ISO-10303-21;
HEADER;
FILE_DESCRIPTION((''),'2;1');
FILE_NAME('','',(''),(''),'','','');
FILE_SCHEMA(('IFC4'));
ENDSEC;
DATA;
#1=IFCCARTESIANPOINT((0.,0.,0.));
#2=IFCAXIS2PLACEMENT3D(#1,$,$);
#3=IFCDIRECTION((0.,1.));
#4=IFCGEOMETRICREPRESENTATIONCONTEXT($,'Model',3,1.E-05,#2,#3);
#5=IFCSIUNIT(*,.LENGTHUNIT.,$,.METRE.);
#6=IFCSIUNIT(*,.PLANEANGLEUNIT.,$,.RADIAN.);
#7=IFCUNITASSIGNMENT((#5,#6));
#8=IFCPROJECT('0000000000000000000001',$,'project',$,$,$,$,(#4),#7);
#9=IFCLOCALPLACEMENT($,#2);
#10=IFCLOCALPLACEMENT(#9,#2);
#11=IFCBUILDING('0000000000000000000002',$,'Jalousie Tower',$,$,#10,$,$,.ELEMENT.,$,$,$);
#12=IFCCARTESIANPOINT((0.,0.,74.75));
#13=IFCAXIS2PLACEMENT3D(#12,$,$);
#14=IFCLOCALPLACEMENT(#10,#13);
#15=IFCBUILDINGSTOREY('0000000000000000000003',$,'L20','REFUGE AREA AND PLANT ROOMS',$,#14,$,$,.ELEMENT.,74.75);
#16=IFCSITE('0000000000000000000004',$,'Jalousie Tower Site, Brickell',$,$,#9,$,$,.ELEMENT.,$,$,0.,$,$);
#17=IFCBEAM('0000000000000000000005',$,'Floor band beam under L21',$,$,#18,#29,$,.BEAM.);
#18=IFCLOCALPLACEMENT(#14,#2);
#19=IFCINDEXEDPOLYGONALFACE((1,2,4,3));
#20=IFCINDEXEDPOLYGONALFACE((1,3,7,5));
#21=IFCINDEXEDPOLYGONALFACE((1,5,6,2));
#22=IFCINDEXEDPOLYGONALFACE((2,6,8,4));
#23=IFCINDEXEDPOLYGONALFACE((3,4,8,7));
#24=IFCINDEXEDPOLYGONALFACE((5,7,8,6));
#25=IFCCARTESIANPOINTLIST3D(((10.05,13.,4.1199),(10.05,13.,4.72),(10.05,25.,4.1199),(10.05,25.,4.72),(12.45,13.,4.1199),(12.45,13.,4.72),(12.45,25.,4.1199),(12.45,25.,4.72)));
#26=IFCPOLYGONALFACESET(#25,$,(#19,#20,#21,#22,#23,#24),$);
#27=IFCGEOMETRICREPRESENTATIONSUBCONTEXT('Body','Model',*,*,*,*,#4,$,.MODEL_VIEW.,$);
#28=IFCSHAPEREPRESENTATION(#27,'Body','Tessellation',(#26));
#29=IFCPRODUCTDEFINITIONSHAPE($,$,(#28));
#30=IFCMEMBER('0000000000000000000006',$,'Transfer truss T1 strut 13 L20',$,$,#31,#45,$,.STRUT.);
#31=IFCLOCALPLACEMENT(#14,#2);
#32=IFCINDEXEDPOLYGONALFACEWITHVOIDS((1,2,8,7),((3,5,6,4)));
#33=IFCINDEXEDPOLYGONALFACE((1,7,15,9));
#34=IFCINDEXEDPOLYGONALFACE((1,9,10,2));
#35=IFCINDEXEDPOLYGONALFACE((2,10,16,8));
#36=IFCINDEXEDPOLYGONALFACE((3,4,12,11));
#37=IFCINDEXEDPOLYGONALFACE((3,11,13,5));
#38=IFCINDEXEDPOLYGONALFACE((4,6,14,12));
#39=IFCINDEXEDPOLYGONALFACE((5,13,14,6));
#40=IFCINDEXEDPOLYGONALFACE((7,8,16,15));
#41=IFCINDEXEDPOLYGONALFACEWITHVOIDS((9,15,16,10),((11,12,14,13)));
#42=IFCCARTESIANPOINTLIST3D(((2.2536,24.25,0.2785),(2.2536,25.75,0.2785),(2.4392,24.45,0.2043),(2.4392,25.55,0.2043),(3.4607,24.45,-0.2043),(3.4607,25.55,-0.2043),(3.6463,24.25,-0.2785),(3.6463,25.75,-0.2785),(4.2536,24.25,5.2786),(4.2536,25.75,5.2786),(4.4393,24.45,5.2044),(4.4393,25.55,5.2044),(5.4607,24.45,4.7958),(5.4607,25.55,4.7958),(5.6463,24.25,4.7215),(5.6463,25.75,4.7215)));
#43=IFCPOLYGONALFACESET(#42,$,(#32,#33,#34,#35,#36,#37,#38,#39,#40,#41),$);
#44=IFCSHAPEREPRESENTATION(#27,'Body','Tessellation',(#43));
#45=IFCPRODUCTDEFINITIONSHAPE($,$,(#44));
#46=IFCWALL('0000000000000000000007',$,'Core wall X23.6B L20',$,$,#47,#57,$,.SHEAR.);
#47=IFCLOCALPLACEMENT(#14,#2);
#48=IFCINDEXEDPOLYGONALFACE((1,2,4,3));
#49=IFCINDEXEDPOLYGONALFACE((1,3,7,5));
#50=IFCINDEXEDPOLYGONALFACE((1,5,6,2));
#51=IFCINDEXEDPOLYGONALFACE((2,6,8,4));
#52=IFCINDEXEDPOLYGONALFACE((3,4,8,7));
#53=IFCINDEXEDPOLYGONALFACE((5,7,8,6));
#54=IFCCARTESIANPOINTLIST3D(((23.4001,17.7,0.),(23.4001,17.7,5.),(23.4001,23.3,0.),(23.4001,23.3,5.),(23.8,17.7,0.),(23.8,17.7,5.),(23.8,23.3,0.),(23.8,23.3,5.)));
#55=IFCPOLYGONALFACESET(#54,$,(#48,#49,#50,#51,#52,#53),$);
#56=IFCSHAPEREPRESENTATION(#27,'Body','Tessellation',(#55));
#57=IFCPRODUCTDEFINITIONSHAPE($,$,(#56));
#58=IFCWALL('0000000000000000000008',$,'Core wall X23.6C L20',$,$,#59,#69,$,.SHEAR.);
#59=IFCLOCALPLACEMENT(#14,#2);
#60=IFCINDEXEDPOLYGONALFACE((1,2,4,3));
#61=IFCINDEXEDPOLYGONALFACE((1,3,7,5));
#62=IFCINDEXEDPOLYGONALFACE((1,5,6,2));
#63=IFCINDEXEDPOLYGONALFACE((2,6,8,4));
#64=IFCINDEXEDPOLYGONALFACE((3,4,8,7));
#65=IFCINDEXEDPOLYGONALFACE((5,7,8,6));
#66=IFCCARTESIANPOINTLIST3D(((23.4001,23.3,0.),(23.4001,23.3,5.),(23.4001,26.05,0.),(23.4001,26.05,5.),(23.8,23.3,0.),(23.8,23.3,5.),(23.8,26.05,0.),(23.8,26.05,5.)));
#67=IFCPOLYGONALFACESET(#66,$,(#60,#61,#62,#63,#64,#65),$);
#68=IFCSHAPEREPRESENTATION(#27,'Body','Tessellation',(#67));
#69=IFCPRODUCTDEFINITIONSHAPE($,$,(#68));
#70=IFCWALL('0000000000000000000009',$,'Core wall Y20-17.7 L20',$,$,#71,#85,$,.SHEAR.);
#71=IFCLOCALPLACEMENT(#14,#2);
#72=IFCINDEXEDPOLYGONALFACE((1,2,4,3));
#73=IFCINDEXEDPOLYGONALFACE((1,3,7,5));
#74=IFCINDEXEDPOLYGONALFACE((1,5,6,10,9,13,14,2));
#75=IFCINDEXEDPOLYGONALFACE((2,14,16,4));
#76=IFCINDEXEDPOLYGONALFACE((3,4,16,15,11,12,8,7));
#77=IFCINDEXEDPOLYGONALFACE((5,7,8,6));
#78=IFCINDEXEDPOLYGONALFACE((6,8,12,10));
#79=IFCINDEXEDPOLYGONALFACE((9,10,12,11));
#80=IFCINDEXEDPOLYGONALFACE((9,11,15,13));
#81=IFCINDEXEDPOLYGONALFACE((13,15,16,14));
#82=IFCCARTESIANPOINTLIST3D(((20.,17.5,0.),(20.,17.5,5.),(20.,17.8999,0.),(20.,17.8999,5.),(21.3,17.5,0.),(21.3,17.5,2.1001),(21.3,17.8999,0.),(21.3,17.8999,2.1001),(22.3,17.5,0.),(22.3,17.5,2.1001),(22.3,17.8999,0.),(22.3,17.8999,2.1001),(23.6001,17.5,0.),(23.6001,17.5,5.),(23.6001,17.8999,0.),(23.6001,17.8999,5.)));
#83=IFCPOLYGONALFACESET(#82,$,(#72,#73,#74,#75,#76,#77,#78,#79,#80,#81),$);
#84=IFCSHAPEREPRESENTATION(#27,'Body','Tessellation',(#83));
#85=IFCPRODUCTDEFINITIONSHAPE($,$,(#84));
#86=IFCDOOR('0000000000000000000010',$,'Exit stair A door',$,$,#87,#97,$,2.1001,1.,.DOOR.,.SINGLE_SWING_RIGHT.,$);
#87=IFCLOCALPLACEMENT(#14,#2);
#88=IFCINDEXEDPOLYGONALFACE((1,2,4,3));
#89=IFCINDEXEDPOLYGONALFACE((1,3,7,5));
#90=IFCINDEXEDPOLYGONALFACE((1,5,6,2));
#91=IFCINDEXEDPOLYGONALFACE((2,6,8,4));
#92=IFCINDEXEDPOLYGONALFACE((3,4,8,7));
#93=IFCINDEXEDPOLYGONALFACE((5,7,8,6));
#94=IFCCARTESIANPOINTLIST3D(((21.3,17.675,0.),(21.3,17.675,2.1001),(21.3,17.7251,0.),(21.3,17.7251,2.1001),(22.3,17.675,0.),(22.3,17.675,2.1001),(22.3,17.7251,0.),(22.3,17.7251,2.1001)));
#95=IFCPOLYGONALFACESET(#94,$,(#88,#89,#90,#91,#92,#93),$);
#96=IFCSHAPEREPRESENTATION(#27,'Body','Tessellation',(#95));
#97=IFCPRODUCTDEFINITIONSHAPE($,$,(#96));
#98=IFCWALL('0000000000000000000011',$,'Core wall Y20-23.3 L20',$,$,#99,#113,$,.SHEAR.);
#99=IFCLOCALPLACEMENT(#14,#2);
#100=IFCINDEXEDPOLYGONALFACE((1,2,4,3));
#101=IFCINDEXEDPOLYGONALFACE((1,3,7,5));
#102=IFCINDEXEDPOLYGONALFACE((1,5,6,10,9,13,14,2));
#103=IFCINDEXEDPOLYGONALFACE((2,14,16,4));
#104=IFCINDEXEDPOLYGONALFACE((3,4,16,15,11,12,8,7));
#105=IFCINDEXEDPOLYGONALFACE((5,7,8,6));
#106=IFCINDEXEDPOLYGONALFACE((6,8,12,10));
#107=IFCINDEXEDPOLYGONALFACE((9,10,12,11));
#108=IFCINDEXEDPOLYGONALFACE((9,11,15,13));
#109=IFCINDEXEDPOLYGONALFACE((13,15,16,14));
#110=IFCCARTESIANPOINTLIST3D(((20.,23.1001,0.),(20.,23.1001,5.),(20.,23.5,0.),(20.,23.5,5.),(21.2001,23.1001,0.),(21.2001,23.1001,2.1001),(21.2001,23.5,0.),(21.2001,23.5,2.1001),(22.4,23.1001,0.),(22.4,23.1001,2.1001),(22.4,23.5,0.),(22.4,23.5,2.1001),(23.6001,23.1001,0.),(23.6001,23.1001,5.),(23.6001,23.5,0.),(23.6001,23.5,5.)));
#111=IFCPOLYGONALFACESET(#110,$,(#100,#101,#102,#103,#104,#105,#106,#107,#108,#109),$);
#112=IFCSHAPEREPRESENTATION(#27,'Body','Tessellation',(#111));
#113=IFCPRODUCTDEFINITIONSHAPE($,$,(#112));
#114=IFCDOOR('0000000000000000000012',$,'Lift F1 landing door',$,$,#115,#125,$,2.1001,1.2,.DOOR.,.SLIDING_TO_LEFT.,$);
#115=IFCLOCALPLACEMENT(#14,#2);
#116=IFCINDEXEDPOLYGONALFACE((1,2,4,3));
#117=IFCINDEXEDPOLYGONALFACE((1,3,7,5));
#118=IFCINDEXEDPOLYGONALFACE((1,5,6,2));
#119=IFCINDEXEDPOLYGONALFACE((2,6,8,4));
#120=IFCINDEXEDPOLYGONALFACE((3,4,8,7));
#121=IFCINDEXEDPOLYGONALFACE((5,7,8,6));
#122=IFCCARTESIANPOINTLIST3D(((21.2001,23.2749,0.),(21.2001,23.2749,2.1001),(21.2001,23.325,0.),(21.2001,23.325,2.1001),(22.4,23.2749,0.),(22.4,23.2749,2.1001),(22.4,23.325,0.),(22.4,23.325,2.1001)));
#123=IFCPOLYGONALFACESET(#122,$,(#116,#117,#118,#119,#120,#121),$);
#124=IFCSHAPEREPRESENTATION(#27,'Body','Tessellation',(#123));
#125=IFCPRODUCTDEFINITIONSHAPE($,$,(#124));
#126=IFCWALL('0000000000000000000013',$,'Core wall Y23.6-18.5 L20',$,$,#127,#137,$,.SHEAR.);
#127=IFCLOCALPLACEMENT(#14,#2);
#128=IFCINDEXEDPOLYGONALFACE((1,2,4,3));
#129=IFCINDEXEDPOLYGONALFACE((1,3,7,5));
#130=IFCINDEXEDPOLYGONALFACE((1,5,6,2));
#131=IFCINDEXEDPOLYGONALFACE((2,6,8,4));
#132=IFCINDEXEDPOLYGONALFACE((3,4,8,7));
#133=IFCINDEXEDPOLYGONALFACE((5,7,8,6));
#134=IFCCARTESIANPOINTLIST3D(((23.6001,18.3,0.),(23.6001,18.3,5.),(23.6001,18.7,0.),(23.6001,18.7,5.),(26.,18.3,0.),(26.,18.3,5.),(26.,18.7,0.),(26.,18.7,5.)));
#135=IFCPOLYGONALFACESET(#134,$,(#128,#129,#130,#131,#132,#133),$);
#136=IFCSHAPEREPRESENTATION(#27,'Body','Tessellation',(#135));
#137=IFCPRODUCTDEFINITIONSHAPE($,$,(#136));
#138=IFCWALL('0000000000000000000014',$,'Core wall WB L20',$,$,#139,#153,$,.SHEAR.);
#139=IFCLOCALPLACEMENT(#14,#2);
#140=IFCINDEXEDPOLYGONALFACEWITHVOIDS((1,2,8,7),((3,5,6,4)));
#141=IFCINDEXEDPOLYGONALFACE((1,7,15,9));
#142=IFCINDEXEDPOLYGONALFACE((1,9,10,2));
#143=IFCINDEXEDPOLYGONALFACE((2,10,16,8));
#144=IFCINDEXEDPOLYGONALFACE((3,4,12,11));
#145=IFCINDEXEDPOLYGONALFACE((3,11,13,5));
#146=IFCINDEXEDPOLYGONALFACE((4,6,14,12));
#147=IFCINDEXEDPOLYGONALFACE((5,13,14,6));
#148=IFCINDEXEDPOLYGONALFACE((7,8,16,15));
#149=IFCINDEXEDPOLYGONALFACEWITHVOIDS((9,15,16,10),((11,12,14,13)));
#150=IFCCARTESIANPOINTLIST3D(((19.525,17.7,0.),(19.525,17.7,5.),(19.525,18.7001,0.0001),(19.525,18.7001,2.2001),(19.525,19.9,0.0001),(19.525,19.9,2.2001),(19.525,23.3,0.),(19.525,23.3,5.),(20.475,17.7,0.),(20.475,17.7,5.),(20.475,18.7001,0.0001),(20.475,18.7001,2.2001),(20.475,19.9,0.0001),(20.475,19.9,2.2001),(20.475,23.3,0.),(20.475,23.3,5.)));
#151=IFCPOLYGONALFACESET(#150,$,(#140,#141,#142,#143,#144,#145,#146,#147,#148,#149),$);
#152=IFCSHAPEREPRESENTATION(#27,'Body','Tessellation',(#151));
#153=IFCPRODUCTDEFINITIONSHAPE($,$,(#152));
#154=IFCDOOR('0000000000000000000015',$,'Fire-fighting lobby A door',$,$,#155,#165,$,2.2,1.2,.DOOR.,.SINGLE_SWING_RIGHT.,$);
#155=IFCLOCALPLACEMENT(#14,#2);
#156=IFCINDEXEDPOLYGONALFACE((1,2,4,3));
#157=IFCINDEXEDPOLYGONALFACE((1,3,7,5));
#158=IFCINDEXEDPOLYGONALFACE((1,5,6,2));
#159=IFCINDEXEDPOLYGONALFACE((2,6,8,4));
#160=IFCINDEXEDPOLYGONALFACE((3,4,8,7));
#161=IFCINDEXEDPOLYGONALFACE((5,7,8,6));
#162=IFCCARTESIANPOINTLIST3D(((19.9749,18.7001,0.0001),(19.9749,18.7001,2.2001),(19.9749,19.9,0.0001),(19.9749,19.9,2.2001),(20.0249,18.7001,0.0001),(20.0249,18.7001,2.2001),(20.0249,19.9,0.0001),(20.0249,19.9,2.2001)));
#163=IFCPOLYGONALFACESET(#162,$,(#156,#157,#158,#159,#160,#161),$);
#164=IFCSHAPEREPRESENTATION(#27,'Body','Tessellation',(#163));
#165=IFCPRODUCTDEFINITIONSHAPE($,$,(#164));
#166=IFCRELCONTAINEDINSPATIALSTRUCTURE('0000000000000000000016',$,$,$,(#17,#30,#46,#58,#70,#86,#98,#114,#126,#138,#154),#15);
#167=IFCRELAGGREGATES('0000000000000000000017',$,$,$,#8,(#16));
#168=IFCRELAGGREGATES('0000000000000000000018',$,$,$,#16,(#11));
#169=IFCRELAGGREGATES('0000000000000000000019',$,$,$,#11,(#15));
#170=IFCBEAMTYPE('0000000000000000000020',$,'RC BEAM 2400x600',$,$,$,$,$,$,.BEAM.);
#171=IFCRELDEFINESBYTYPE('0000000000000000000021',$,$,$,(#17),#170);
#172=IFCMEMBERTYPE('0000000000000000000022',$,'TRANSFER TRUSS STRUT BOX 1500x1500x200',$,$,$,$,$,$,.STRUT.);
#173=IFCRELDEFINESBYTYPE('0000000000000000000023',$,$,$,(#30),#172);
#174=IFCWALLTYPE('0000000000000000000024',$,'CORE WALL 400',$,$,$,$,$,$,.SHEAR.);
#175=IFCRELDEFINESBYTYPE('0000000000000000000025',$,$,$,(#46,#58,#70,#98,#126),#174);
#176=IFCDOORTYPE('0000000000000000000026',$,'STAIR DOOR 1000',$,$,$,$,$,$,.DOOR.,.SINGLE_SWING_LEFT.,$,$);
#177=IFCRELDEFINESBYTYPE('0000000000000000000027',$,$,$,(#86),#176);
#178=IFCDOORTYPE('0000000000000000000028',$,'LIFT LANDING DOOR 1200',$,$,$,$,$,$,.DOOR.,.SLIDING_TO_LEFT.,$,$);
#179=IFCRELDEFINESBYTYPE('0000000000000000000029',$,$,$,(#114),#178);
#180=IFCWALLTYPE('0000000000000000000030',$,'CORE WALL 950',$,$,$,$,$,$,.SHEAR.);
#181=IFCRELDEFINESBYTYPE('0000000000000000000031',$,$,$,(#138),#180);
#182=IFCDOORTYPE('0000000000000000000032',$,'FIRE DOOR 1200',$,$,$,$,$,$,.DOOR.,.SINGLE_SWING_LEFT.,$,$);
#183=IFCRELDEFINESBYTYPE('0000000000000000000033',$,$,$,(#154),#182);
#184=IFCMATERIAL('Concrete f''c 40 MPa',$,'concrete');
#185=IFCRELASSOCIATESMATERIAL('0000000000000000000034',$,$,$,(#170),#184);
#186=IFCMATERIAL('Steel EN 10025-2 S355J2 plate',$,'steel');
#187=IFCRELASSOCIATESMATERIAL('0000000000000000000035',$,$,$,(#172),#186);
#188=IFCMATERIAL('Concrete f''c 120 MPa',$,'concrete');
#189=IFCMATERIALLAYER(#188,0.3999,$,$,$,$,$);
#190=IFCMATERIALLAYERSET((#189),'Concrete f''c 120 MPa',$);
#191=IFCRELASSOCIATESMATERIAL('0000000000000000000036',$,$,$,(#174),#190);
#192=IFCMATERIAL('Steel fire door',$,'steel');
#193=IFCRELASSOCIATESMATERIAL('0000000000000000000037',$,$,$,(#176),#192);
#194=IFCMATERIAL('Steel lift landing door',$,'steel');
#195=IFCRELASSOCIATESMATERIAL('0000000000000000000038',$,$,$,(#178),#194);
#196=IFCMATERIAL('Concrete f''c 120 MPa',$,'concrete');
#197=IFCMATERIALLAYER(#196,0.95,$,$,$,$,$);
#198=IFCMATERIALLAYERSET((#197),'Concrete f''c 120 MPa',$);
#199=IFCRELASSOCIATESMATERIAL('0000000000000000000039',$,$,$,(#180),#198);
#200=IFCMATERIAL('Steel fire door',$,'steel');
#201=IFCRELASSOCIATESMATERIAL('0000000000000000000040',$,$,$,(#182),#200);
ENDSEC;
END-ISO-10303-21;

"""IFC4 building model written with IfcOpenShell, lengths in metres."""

from ifc_helpers import new_model, si_unit, direction, frame, frame_2d, origin, origin_2d, place, context, subcontext, project, spatial, rectangle, hollow_rectangle, extrude, material, layer, layer_set, material_profile, profile_set, type_object, element, fill, save


model = new_model("IFC4")

# Units and contexts
model_context = context("Model", 3, precision=1e-05, world=origin(), true_north=direction((0.0, 1.0)))
body_context = subcontext(model_context, "Body", "Model", "MODEL_VIEW")
ifc_project = project(units=[si_unit("LENGTHUNIT", "METRE"), si_unit("PLANEANGLEUNIT", "RADIAN")], contexts=[model_context])

# Site, building, storey
site_placement = place(None, origin())
site = spatial("IfcSite", under=ifc_project, at=site_placement, Name="Jalousie Tower Site, Brickell", CompositionType="ELEMENT", RefElevation=0.0)
building_placement = place(site_placement, origin())
building = spatial("IfcBuilding", under=site, at=building_placement, Name="Jalousie Tower", CompositionType="ELEMENT")
storey_placement = place(building_placement, frame((0.0, 0.0, 74.75)))
storey = spatial("IfcBuildingStorey", under=building, at=storey_placement, Name="L20", Description="REFUGE AREA AND PLANT ROOMS", CompositionType="ELEMENT", Elevation=74.75)

# Beam
ifc_material_1 = material(Name="Concrete f'c 40 MPa", Category="concrete")
ifc_material_profile_1 = material_profile(ifc_material_1, rectangle(XDim=2.3999, YDim=0.6001, at=origin_2d()), Name="RC 2400x600")
ifc_profile_set_1 = profile_set([ifc_material_profile_1], Name="Concrete f'c 40 MPa")
beam_type = type_object("IfcBeamType", Name="RC BEAM 2400x600", PredefinedType="BEAM", material=ifc_profile_set_1)
beam_placement = place(storey_placement, frame((11.25, 13.0, 4.4199), z_axis=(0.0, 1.0, 0.0), x_axis=(-1.0, 0.0, 0.0)))
element("IfcBeam", 1, at=beam_placement, inside=storey, type_object=beam_type, Name="Floor band beam under L21", PredefinedType="BEAM", context=body_context, shape_type="SweptSolid", body=[
    extrude(rectangle(XDim=2.3999, YDim=0.6001, at=origin_2d()), origin(), (0.0, 0.0, 1.0), 12.0),
])

# Member
ifc_material_2 = material(Name="Steel EN 10025-2 S355J2 plate", Category="steel")
ifc_material_profile_2 = material_profile(ifc_material_2, hollow_rectangle(XDim=1.5, YDim=1.5, WallThickness=0.2, at=origin_2d()), Name="BOX 1500x1500x200")
ifc_profile_set_2 = profile_set([ifc_material_profile_2], Name="Steel EN 10025-2 S355J2 plate")
member_type_1 = type_object("IfcMemberType", Name="TRANSFER TRUSS STRUT BOX 1500x1500x200", PredefinedType="STRUT", material=ifc_profile_set_2)
member_1_placement = place(storey_placement, frame((2.95, 25.0, 0.0), z_axis=(0.371391, 0.0, 0.928477), x_axis=(0.0, 1.0, 0.0)))
element("IfcMember", 2, at=member_1_placement, inside=storey, type_object=member_type_1, Name="Transfer truss T1 strut 13 L20", PredefinedType="STRUT", context=body_context, shape_type="SweptSolid", body=[
    extrude(hollow_rectangle(XDim=1.5, YDim=1.5, WallThickness=0.2, at=origin_2d()), origin(), (0.0, 0.0, 1.0), 5.3853),
])

# Walls
ifc_material_3 = material(Name="Concrete f'c 120 MPa", Category="concrete")
ifc_layer_1 = layer(ifc_material_3, 0.3999)
ifc_layer_set_1 = layer_set([ifc_layer_1], Name="Concrete f'c 120 MPa")
wall_type_1 = type_object("IfcWallType", Name="CORE WALL 400", PredefinedType="SHEAR", material=ifc_layer_set_1)
wall_1_placement = place(storey_placement, frame((23.6001, 17.7, 0.0), z_axis=(0.0, 0.0, 1.0), x_axis=(0.0, 1.0, 0.0)))
element("IfcWall", 3, at=wall_1_placement, inside=storey, type_object=wall_type_1, Name="Core wall X23.6B L20", PredefinedType="SHEAR", context=body_context, shape_type="SweptSolid", body=[
    extrude(rectangle(XDim=5.6001, YDim=0.3999, at=frame_2d((2.8, 0.0))), origin(), (0.0, 0.0, 1.0), 5.0),
])
wall_2_placement = place(storey_placement, frame((23.6001, 23.3, 0.0), z_axis=(0.0, 0.0, 1.0), x_axis=(0.0, 1.0, 0.0)))
element("IfcWall", 4, at=wall_2_placement, inside=storey, type_object=wall_type_1, Name="Core wall X23.6C L20", PredefinedType="SHEAR", context=body_context, shape_type="SweptSolid", body=[
    extrude(rectangle(XDim=2.75, YDim=0.3999, at=frame_2d((1.375, 0.0))), origin(), (0.0, 0.0, 1.0), 5.0),
])

# Walls, openings, doors
wall_3_placement = place(storey_placement, frame((20.0, 17.7, 0.0), z_axis=(0.0, 0.0, 1.0), x_axis=(1.0, 0.0, 0.0)))
wall_3 = element("IfcWall", 5, at=wall_3_placement, inside=storey, type_object=wall_type_1, Name="Core wall Y20-17.7 L20", PredefinedType="SHEAR", context=body_context, shape_type="SweptSolid", body=[
    extrude(rectangle(XDim=3.6001, YDim=0.3999, at=frame_2d((1.8, 0.0))), origin(), (0.0, 0.0, 1.0), 5.0),
])
opening_1_placement = place(wall_3_placement, frame((1.3, 0.0, 0.0)))
opening_1 = element("IfcOpeningElement", 6, at=opening_1_placement, cuts=wall_3, PredefinedType="OPENING", context=body_context, shape_type="SweptSolid", body=[
    extrude(rectangle(XDim=1.0, YDim=2.1001, at=frame_2d((0.5, 1.05))), frame((0.0, 0.21, 0.0), z_axis=(0.0, -1.0, 0.0), x_axis=(1.0, 0.0, 0.0)), (0.0, 0.0, 1.0), 0.4199),
])
ifc_material_4 = material(Name="Steel fire door", Category="steel")
door_type_1 = type_object("IfcDoorType", Name="STAIR DOOR 1000", OperationType="SINGLE_SWING_LEFT", PredefinedType="DOOR", material=ifc_material_4)
door_1_placement = place(opening_1_placement, frame((1.0, 0.0, 0.0), z_axis=(0.0, 0.0, 1.0), x_axis=(-1.0, 0.0, 0.0)))
door_1 = element("IfcDoor", 7, at=door_1_placement, inside=storey, type_object=door_type_1, Name="Exit stair A door", OperationType="SINGLE_SWING_RIGHT", OverallHeight=2.1001, OverallWidth=1.0, PredefinedType="DOOR", context=body_context, shape_type="SweptSolid", body=[
    extrude(rectangle(XDim=1.0, YDim=2.1001, at=frame_2d((0.5, 1.05))), frame((0.0, 0.0249, 0.0), z_axis=(0.0, -1.0, 0.0), x_axis=(1.0, 0.0, 0.0)), (0.0, 0.0, 1.0), 0.05),
])
fill(opening_1, door_1)
wall_4_placement = place(storey_placement, frame((20.0, 23.3, 0.0), z_axis=(0.0, 0.0, 1.0), x_axis=(1.0, 0.0, 0.0)))
wall_4 = element("IfcWall", 8, at=wall_4_placement, inside=storey, type_object=wall_type_1, Name="Core wall Y20-23.3 L20", PredefinedType="SHEAR", context=body_context, shape_type="SweptSolid", body=[
    extrude(rectangle(XDim=3.6001, YDim=0.3999, at=frame_2d((1.8, 0.0))), origin(), (0.0, 0.0, 1.0), 5.0),
])
opening_2_placement = place(wall_4_placement, frame((1.2, 0.0, 0.0)))
opening_2 = element("IfcOpeningElement", 9, at=opening_2_placement, cuts=wall_4, PredefinedType="OPENING", context=body_context, shape_type="SweptSolid", body=[
    extrude(rectangle(XDim=1.2, YDim=2.1001, at=frame_2d((0.6001, 1.05))), frame((0.0, 0.21, 0.0), z_axis=(0.0, -1.0, 0.0), x_axis=(1.0, 0.0, 0.0)), (0.0, 0.0, 1.0), 0.4199),
])
ifc_material_5 = material(Name="Steel lift landing door", Category="steel")
door_type_2 = type_object("IfcDoorType", Name="LIFT LANDING DOOR 1200", OperationType="SLIDING_TO_LEFT", PredefinedType="DOOR", material=ifc_material_5)
door_2_placement = place(opening_2_placement, origin())
door_2 = element("IfcDoor", 10, at=door_2_placement, inside=storey, type_object=door_type_2, Name="Lift F1 landing door", OperationType="SLIDING_TO_LEFT", OverallHeight=2.1001, OverallWidth=1.2, PredefinedType="DOOR", context=body_context, shape_type="SweptSolid", body=[
    extrude(rectangle(XDim=1.2, YDim=2.1001, at=frame_2d((0.6001, 1.05))), frame((0.0, 0.0249, 0.0), z_axis=(0.0, -1.0, 0.0), x_axis=(1.0, 0.0, 0.0)), (0.0, 0.0, 1.0), 0.05),
])
fill(opening_2, door_2)

# Wall
wall_5_placement = place(storey_placement, frame((23.6001, 18.5, 0.0), z_axis=(0.0, 0.0, 1.0), x_axis=(1.0, 0.0, 0.0)))
element("IfcWall", 11, at=wall_5_placement, inside=storey, type_object=wall_type_1, Name="Core wall Y23.6-18.5 L20", PredefinedType="SHEAR", context=body_context, shape_type="SweptSolid", body=[
    extrude(rectangle(XDim=2.3999, YDim=0.3999, at=frame_2d((1.2, 0.0))), origin(), (0.0, 0.0, 1.0), 5.0),
])

# Wall, opening, door
ifc_material_6 = material(Name="Concrete f'c 120 MPa", Category="concrete")
ifc_layer_2 = layer(ifc_material_6, 0.95)
ifc_layer_set_2 = layer_set([ifc_layer_2], Name="Concrete f'c 120 MPa")
wall_type_2 = type_object("IfcWallType", Name="CORE WALL 950", PredefinedType="SHEAR", material=ifc_layer_set_2)
wall_6_placement = place(storey_placement, frame((20.0, 23.3, 0.0), z_axis=(0.0, 0.0, 1.0), x_axis=(0.0, -1.0, 0.0)))
wall_6 = element("IfcWall", 12, at=wall_6_placement, inside=storey, type_object=wall_type_2, Name="Core wall WB L20", PredefinedType="SHEAR", context=body_context, shape_type="SweptSolid", body=[
    extrude(rectangle(XDim=5.6001, YDim=0.95, at=frame_2d((2.8, 0.0))), origin(), (0.0, 0.0, 1.0), 5.0),
])
opening_3_placement = place(wall_6_placement, frame((3.3999, 0.0, 0.0)))
opening_3 = element("IfcOpeningElement", 13, at=opening_3_placement, cuts=wall_6, PredefinedType="OPENING", context=body_context, shape_type="SweptSolid", body=[
    extrude(rectangle(XDim=1.2, YDim=2.2, at=frame_2d((0.6001, 1.1001))), frame((0.0, 0.4849, 0.0), z_axis=(0.0, -1.0, 0.0), x_axis=(1.0, 0.0, 0.0)), (0.0, 0.0, 1.0), 0.97),
])
ifc_material_7 = material(Name="Steel fire door", Category="steel")
door_type_3 = type_object("IfcDoorType", Name="FIRE DOOR 1200", OperationType="SINGLE_SWING_LEFT", PredefinedType="DOOR", material=ifc_material_7)
door_3_placement = place(opening_3_placement, origin())
door_3 = element("IfcDoor", 14, at=door_3_placement, inside=storey, type_object=door_type_3, Name="Fire-fighting lobby A door", OperationType="SINGLE_SWING_RIGHT", OverallHeight=2.2, OverallWidth=1.2, PredefinedType="DOOR", context=body_context, shape_type="SweptSolid", body=[
    extrude(rectangle(XDim=1.2, YDim=2.2, at=frame_2d((0.6001, 1.1001))), frame((0.0, 0.0249, 0.0), z_axis=(0.0, -1.0, 0.0), x_axis=(1.0, 0.0, 0.0)), (0.0, 0.0, 1.0), 0.05),
])
fill(opening_3, door_3)

save(model, "model.ifc")
